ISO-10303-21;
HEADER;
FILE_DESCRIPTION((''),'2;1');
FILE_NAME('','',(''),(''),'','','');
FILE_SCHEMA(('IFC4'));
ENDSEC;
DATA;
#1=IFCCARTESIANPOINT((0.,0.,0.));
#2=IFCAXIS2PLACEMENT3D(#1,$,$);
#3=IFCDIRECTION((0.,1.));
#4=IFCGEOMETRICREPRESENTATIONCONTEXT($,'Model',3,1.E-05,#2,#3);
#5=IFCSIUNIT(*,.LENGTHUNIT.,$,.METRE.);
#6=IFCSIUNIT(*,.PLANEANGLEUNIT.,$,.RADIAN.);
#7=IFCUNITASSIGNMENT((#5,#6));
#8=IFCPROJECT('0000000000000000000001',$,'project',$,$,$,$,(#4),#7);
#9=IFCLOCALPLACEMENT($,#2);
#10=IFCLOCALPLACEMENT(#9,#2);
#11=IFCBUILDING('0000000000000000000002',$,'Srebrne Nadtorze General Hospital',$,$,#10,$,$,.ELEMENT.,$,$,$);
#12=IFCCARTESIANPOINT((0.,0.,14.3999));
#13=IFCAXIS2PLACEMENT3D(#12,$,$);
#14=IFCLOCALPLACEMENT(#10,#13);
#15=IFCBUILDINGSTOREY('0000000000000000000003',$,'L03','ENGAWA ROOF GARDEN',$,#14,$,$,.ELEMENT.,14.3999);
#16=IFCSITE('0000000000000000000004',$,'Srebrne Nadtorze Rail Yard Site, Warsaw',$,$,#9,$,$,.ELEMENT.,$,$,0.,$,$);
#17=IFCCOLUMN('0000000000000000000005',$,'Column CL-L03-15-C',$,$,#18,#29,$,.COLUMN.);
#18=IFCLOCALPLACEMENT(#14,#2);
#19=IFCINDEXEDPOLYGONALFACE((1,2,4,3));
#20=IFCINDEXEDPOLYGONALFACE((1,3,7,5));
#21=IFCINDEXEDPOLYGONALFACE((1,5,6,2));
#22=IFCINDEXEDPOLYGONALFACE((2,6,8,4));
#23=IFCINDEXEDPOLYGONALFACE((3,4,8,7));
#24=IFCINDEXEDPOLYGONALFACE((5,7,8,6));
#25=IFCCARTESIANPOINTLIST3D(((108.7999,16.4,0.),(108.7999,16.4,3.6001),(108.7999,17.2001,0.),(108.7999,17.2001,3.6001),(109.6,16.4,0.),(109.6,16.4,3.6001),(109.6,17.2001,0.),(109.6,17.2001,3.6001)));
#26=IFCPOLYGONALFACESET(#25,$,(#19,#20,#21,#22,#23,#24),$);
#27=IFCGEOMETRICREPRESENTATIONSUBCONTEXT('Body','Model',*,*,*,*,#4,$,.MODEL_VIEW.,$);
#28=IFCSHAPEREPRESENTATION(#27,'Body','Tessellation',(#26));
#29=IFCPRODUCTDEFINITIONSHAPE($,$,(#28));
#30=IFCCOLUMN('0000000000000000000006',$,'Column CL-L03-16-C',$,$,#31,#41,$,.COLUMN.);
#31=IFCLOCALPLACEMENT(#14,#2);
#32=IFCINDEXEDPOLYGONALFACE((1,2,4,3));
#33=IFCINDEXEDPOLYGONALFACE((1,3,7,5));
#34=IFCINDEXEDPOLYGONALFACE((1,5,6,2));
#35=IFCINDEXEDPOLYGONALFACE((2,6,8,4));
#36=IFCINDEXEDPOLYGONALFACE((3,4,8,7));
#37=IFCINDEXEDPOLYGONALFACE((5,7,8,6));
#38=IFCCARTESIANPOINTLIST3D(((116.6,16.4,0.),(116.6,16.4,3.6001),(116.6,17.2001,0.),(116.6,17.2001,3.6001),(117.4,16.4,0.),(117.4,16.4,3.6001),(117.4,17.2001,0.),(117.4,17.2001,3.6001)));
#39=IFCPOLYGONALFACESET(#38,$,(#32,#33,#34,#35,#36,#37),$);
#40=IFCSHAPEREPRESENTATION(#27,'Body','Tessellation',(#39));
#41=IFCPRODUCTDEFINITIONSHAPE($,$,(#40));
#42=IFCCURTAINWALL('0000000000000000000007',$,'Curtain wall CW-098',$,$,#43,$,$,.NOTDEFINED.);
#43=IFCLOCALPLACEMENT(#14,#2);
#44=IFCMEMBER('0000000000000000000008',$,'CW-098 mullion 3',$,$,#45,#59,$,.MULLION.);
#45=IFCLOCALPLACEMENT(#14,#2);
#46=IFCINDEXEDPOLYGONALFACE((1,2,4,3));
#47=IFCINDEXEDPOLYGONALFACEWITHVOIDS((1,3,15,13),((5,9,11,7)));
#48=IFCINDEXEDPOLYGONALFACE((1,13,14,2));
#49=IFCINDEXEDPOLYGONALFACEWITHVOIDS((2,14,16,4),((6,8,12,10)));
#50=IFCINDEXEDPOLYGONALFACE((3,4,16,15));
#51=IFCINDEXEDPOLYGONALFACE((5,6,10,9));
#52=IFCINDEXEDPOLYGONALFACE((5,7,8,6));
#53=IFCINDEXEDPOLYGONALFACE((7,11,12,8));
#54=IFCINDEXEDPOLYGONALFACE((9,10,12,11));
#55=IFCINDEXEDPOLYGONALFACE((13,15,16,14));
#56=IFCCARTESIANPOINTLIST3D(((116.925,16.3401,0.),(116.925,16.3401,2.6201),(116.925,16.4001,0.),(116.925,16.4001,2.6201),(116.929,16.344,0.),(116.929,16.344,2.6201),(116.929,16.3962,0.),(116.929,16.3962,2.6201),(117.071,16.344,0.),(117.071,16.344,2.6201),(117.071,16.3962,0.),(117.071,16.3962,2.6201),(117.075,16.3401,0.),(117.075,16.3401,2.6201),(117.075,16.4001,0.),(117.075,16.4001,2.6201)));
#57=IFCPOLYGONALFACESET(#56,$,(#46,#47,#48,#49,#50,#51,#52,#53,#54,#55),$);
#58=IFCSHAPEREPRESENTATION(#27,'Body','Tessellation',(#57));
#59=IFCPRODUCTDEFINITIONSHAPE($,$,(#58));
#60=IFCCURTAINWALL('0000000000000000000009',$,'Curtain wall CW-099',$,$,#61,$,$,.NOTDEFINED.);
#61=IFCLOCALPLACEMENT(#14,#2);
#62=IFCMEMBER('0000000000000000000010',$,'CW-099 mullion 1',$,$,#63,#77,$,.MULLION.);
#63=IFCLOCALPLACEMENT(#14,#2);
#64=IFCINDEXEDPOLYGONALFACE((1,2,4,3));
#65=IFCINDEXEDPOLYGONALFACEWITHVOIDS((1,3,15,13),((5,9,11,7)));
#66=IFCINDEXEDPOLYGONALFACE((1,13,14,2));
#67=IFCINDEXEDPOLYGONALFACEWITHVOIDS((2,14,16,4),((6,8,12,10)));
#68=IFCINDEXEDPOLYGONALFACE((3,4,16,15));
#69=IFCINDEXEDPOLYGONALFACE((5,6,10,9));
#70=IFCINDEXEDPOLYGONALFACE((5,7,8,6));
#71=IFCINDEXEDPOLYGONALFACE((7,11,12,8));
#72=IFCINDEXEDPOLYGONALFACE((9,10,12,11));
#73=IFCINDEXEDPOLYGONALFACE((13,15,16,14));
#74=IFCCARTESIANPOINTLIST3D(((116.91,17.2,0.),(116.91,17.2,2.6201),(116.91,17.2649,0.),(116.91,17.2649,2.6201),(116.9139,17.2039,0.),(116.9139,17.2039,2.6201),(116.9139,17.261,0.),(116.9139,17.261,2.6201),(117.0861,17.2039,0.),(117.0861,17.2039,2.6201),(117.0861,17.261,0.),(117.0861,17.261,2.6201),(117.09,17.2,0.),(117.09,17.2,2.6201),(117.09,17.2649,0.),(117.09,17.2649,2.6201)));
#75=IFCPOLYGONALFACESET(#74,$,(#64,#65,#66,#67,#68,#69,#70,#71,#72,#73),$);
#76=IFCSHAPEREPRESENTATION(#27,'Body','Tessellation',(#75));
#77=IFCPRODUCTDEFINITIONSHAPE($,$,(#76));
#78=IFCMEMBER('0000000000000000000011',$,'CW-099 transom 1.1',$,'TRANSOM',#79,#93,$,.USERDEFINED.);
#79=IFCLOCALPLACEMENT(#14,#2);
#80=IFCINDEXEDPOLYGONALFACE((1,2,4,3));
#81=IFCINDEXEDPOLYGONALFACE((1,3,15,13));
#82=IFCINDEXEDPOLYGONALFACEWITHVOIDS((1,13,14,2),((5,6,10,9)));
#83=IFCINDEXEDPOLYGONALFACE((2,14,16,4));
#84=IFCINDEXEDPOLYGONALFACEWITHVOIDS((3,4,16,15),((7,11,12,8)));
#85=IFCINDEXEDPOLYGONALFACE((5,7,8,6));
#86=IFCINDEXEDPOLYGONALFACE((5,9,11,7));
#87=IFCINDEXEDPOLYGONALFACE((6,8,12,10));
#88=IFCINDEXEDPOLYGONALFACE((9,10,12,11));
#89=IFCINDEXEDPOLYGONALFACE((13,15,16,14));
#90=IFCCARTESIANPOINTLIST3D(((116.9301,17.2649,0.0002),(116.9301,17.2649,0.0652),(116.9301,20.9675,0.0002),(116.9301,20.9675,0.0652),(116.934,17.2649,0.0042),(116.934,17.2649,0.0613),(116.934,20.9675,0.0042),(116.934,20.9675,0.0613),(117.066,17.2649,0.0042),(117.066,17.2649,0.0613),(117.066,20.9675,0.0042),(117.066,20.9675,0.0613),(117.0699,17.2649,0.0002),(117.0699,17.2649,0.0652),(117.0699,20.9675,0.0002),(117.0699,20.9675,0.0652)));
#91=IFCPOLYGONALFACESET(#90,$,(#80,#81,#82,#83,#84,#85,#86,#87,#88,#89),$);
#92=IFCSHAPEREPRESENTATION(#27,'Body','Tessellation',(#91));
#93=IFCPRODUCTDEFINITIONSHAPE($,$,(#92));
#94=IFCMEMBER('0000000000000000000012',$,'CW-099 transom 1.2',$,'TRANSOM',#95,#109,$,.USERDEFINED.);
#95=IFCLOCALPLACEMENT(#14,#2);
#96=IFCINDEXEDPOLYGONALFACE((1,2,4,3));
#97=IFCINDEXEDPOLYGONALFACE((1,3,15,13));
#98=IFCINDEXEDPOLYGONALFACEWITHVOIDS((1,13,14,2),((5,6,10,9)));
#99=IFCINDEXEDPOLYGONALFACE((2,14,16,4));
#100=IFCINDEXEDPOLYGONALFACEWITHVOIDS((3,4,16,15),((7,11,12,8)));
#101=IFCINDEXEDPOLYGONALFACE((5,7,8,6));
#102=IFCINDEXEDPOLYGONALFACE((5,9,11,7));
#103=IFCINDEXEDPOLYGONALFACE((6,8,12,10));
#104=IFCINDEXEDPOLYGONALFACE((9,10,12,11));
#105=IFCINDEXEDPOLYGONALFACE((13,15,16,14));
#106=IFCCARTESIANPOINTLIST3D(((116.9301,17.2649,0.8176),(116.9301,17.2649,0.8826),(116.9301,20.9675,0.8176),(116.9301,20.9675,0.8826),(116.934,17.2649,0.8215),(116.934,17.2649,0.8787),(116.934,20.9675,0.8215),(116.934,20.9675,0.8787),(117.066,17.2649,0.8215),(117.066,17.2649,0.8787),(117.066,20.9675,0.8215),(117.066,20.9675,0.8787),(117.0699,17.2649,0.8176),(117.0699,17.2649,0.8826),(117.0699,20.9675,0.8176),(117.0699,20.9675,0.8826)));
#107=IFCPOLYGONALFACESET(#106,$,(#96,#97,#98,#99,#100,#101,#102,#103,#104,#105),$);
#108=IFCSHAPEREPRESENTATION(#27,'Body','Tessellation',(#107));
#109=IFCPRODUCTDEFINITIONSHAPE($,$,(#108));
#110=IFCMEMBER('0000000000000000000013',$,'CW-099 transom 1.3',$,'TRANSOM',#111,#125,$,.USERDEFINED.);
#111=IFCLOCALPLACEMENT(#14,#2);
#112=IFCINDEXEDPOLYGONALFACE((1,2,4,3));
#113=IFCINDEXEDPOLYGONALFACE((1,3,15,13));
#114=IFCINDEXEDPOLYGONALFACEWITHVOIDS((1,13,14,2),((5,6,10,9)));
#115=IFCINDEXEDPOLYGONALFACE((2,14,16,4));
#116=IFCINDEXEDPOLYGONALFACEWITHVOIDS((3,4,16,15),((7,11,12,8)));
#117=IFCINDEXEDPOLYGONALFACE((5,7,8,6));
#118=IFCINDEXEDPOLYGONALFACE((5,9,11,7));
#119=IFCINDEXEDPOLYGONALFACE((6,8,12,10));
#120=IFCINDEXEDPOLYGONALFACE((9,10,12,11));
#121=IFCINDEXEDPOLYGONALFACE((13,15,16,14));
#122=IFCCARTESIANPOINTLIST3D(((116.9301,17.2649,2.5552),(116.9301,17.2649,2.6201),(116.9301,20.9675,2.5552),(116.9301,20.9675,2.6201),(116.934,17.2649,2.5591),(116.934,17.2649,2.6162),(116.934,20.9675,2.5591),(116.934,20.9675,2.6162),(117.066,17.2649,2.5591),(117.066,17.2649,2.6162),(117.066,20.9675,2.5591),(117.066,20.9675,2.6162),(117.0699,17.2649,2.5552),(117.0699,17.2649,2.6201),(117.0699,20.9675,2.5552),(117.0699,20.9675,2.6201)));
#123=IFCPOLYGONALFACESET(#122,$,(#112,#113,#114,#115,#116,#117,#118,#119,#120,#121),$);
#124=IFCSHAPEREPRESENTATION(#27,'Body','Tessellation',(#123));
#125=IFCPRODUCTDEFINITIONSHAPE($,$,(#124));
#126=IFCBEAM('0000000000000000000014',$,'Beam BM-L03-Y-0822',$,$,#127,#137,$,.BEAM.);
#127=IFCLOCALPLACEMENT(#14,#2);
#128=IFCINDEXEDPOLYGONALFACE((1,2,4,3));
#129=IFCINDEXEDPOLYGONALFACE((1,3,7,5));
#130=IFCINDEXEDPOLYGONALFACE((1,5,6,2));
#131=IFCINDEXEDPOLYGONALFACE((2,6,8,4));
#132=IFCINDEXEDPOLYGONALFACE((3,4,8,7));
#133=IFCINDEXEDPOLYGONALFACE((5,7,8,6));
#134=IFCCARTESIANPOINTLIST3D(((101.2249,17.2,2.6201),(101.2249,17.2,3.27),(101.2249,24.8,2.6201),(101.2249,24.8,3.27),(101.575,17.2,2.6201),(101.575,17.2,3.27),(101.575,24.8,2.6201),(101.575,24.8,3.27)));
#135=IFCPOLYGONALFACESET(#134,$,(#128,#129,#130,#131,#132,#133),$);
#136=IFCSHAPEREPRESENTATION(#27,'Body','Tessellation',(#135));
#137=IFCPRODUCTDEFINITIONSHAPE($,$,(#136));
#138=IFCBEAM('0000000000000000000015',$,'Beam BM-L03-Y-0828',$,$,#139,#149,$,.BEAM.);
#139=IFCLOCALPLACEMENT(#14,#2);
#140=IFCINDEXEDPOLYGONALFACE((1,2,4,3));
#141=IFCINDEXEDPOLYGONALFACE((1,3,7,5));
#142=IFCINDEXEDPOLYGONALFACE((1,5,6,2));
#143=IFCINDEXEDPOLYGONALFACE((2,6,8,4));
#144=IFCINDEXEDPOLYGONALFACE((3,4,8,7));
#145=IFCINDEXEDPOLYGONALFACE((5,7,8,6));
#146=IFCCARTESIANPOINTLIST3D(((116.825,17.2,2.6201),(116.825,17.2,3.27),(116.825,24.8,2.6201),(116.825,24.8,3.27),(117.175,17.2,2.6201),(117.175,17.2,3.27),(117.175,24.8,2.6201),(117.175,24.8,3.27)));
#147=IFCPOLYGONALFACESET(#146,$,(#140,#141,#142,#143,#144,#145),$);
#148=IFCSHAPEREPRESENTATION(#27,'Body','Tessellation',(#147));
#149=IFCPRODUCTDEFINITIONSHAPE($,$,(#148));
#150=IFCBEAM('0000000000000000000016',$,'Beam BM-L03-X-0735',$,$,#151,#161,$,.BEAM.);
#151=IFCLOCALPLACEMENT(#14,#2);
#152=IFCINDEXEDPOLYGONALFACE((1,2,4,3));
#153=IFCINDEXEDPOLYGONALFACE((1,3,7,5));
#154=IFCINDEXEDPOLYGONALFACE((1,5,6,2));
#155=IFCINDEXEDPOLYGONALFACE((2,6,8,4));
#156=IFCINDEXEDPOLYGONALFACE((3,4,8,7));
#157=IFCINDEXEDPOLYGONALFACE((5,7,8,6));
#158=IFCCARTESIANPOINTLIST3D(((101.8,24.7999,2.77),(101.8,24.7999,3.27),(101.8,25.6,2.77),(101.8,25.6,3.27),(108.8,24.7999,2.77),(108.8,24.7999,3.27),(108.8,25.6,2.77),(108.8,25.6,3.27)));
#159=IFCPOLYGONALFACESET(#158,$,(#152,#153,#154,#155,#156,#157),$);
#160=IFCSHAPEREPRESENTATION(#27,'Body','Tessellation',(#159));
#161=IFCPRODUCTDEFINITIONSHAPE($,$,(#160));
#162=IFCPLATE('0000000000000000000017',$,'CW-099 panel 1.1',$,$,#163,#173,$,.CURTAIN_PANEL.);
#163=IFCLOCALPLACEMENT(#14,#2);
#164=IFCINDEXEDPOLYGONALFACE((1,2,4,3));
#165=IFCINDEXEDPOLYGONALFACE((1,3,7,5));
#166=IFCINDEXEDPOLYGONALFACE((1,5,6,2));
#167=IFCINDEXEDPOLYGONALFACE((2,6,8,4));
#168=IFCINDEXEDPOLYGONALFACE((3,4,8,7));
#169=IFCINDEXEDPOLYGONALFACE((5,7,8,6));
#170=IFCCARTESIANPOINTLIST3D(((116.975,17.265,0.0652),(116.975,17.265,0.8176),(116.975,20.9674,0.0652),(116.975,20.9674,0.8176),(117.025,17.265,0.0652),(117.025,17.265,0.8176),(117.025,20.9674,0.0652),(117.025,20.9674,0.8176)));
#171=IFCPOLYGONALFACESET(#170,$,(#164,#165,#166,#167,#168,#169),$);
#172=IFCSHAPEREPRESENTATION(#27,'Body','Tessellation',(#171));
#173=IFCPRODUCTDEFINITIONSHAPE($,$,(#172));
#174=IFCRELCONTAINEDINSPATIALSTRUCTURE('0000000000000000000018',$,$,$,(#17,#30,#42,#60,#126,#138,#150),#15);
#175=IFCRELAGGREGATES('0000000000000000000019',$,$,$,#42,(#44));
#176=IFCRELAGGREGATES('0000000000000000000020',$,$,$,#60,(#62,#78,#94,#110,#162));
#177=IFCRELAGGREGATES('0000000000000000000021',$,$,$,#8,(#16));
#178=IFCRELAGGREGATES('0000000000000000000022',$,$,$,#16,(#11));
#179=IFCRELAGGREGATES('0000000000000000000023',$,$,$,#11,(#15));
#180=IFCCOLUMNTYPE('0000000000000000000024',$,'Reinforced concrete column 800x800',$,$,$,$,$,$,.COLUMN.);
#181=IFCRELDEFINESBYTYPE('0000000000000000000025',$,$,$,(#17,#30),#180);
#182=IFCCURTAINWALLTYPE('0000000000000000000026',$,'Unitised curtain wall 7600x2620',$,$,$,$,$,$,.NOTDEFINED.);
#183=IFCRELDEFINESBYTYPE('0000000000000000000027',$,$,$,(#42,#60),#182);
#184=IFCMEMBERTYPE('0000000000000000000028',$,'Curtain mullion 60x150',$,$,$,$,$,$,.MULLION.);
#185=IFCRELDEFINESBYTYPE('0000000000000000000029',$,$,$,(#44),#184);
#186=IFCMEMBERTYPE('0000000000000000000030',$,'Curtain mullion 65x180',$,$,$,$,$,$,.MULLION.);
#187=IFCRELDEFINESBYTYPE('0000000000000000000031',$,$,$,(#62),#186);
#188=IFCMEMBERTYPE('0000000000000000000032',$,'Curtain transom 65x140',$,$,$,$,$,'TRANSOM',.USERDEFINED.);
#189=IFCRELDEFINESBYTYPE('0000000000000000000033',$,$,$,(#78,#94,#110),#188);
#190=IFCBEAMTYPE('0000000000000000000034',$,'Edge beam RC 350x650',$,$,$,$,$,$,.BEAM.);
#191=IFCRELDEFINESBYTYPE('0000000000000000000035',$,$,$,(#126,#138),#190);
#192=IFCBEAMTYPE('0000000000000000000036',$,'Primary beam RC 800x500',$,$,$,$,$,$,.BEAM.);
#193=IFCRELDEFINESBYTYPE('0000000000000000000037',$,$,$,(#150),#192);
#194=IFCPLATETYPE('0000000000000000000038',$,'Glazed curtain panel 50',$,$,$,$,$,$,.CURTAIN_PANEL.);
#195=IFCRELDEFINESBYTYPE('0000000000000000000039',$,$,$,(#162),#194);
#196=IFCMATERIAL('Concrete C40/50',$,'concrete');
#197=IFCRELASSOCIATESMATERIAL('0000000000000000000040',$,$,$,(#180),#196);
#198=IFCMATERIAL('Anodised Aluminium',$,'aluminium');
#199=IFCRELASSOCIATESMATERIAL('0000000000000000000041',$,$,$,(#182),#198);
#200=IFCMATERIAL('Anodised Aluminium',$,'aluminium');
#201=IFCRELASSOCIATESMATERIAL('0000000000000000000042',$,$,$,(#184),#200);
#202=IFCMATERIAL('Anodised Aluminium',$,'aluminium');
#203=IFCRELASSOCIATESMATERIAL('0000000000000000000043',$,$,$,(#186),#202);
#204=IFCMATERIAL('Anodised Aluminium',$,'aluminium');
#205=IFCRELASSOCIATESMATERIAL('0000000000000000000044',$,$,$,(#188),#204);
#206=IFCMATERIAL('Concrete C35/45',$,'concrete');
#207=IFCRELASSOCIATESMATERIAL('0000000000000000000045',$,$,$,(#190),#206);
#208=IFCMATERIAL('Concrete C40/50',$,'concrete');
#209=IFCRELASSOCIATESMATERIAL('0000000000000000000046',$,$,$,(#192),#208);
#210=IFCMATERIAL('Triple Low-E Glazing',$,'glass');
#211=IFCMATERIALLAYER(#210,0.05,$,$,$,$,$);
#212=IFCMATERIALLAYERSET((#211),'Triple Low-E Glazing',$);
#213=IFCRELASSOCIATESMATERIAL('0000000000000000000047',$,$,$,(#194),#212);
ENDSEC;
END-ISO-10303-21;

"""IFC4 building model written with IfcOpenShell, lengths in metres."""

from ifc_helpers import new_model, si_unit, direction, frame, origin, origin_2d, place, context, subcontext, project, spatial, rectangle, hollow_rectangle, extrude, material, layer, layer_set, material_profile, profile_set, type_object, element, aggregate, save


model = new_model("IFC4")

# Units and contexts
model_context = context("Model", 3, precision=1e-05, world=origin(), true_north=direction((0.0, 1.0)))
body_context = subcontext(model_context, "Body", "Model", "MODEL_VIEW")
ifc_project = project(units=[si_unit("LENGTHUNIT", "METRE"), si_unit("PLANEANGLEUNIT", "RADIAN")], contexts=[model_context])

# Site, building, storey
site_placement = place(None, origin())
site = spatial("IfcSite", under=ifc_project, at=site_placement, Name="Srebrne Nadtorze Rail Yard Site, Warsaw", CompositionType="ELEMENT", RefElevation=0.0)
building_placement = place(site_placement, origin())
building = spatial("IfcBuilding", under=site, at=building_placement, Name="Srebrne Nadtorze General Hospital", CompositionType="ELEMENT")
storey_placement = place(building_placement, frame((0.0, 0.0, 14.3999)))
storey = spatial("IfcBuildingStorey", under=building, at=storey_placement, Name="L03", Description="ENGAWA ROOF GARDEN", CompositionType="ELEMENT", Elevation=14.3999)

# Columns
ifc_material_1 = material(Name="Concrete C40/50", Category="concrete")
ifc_material_profile_1 = material_profile(ifc_material_1, rectangle(XDim=0.8, YDim=0.8, at=origin_2d()), Name="RC-COL-800x800")
ifc_profile_set_1 = profile_set([ifc_material_profile_1], Name="Concrete C40/50")
column_type = type_object("IfcColumnType", Name="Reinforced concrete column 800x800", PredefinedType="COLUMN", material=ifc_profile_set_1)
for number, where, z_axis, x_axis, name in (
    (1, (109.2, 16.8, 0.0), (0.0, 0.0, 1.0), (1.0, 0.0, 0.0), "Column CL-L03-15-C"),
    (2, (117.0, 16.8, 0.0), (0.0, 0.0, 1.0), (1.0, 0.0, 0.0), "Column CL-L03-16-C"),
):
    element("IfcColumn", number, at=place(storey_placement, frame(where, z_axis=z_axis, x_axis=x_axis)), inside=storey, type_object=column_type, Name=name, PredefinedType="COLUMN", context=body_context, shape_type="SweptSolid", body=[
        extrude(rectangle(XDim=0.8, YDim=0.8, at=origin_2d()), origin(), (0.0, 0.0, 1.0), 3.6001),
    ])

# Curtain wall, member
ifc_material_2 = material(Name="Anodised Aluminium", Category="aluminium")
curtain_wall_type = type_object("IfcCurtainWallType", Name="Unitised curtain wall 7600x2620", PredefinedType="NOTDEFINED", material=ifc_material_2)
curtain_wall_1_placement = place(storey_placement, origin())
curtain_wall_1 = element("IfcCurtainWall", 3, at=curtain_wall_1_placement, inside=storey, type_object=curtain_wall_type, Name="Curtain wall CW-098", PredefinedType="NOTDEFINED")
ifc_material_3 = material(Name="Anodised Aluminium", Category="aluminium")
ifc_material_profile_2 = material_profile(ifc_material_3, hollow_rectangle(XDim=0.0601, YDim=0.1499, WallThickness=0.0039, at=origin_2d()), Name="AL-MUL-60x150")
ifc_profile_set_2 = profile_set([ifc_material_profile_2], Name="Anodised Aluminium")
member_type_1 = type_object("IfcMemberType", Name="Curtain mullion 60x150", PredefinedType="MULLION", material=ifc_profile_set_2)
member_1_placement = place(storey_placement, frame((117.0, 16.3701, 0.0), z_axis=(0.0, 0.0, 1.0), x_axis=(0.0, 1.0, 0.0)))
member_1 = element("IfcMember", 4, at=member_1_placement, type_object=member_type_1, Name="CW-098 mullion 3", PredefinedType="MULLION", context=body_context, shape_type="SweptSolid", body=[
    extrude(hollow_rectangle(XDim=0.0601, YDim=0.1499, WallThickness=0.0039, at=origin_2d()), origin(), (0.0, 0.0, 1.0), 2.6201),
])
aggregate(curtain_wall_1, [member_1])

# Curtain wall, members
curtain_wall_2_placement = place(storey_placement, origin())
curtain_wall_2 = element("IfcCurtainWall", 5, at=curtain_wall_2_placement, inside=storey, type_object=curtain_wall_type, Name="Curtain wall CW-099", PredefinedType="NOTDEFINED")
ifc_material_4 = material(Name="Anodised Aluminium", Category="aluminium")
ifc_material_profile_3 = material_profile(ifc_material_4, hollow_rectangle(XDim=0.0649, YDim=0.1799, WallThickness=0.0039, at=origin_2d()), Name="AL-MUL-65x180")
ifc_profile_set_3 = profile_set([ifc_material_profile_3], Name="Anodised Aluminium")
member_type_2 = type_object("IfcMemberType", Name="Curtain mullion 65x180", PredefinedType="MULLION", material=ifc_profile_set_3)
member_2_placement = place(storey_placement, frame((117.0, 17.2324, 0.0), z_axis=(0.0, 0.0, 1.0), x_axis=(0.0, 1.0, 0.0)))
member_2 = element("IfcMember", 6, at=member_2_placement, type_object=member_type_2, Name="CW-099 mullion 1", PredefinedType="MULLION", context=body_context, shape_type="SweptSolid", body=[
    extrude(hollow_rectangle(XDim=0.0649, YDim=0.1799, WallThickness=0.0039, at=origin_2d()), origin(), (0.0, 0.0, 1.0), 2.6201),
])
ifc_material_5 = material(Name="Anodised Aluminium", Category="aluminium")
ifc_material_profile_4 = material_profile(ifc_material_5, hollow_rectangle(XDim=0.0649, YDim=0.1399, WallThickness=0.0039, at=origin_2d()), Name="AL-TRN-65x140")
ifc_profile_set_4 = profile_set([ifc_material_profile_4], Name="Anodised Aluminium")
member_type_3 = type_object("IfcMemberType", Name="Curtain transom 65x140", ElementType="TRANSOM", PredefinedType="USERDEFINED", material=ifc_profile_set_4)
member_3_placement = place(storey_placement, frame((117.0, 17.2649, 0.0327), z_axis=(0.0, 1.0, 0.0), x_axis=(0.0, 0.0, 1.0)))
member_3 = element("IfcMember", 7, at=member_3_placement, type_object=member_type_3, Name="CW-099 transom 1.1", ObjectType="TRANSOM", PredefinedType="USERDEFINED", context=body_context, shape_type="SweptSolid", body=[
    extrude(hollow_rectangle(XDim=0.0649, YDim=0.1399, WallThickness=0.0039, at=origin_2d()), origin(), (0.0, 0.0, 1.0), 3.7026),
])
member_4_placement = place(storey_placement, frame((117.0, 17.2649, 0.8501), z_axis=(0.0, 1.0, 0.0), x_axis=(0.0, 0.0, 1.0)))
member_4 = element("IfcMember", 8, at=member_4_placement, type_object=member_type_3, Name="CW-099 transom 1.2", ObjectType="TRANSOM", PredefinedType="USERDEFINED", context=body_context, shape_type="SweptSolid", body=[
    extrude(hollow_rectangle(XDim=0.0649, YDim=0.1399, WallThickness=0.0039, at=origin_2d()), origin(), (0.0, 0.0, 1.0), 3.7026),
])
member_5_placement = place(storey_placement, frame((117.0, 17.2649, 2.5876), z_axis=(0.0, 1.0, 0.0), x_axis=(0.0, 0.0, 1.0)))
member_5 = element("IfcMember", 9, at=member_5_placement, type_object=member_type_3, Name="CW-099 transom 1.3", ObjectType="TRANSOM", PredefinedType="USERDEFINED", context=body_context, shape_type="SweptSolid", body=[
    extrude(hollow_rectangle(XDim=0.0649, YDim=0.1399, WallThickness=0.0039, at=origin_2d()), origin(), (0.0, 0.0, 1.0), 3.7026),
])

# Beams
ifc_material_6 = material(Name="Concrete C35/45", Category="concrete")
ifc_material_profile_5 = material_profile(ifc_material_6, rectangle(XDim=0.3501, YDim=0.6499, at=origin_2d()), Name="RC-BM-350x650")
ifc_profile_set_5 = profile_set([ifc_material_profile_5], Name="Concrete C35/45")
beam_type_1 = type_object("IfcBeamType", Name="Edge beam RC 350x650", PredefinedType="BEAM", material=ifc_profile_set_5)
for number, where, z_axis, x_axis, name in (
    (10, (101.3999, 17.2, 2.9451), (0.0, 1.0, 0.0), (-1.0, 0.0, 0.0), "Beam BM-L03-Y-0822"),
    (11, (117.0, 17.2, 2.9451), (0.0, 1.0, 0.0), (-1.0, 0.0, 0.0), "Beam BM-L03-Y-0828"),
):
    element("IfcBeam", number, at=place(storey_placement, frame(where, z_axis=z_axis, x_axis=x_axis)), inside=storey, type_object=beam_type_1, Name=name, PredefinedType="BEAM", context=body_context, shape_type="SweptSolid", body=[
        extrude(rectangle(XDim=0.3501, YDim=0.6499, at=origin_2d()), origin(), (0.0, 0.0, 1.0), 7.6001),
    ])
ifc_material_7 = material(Name="Concrete C40/50", Category="concrete")
ifc_material_profile_6 = material_profile(ifc_material_7, rectangle(XDim=0.8, YDim=0.5, at=origin_2d()), Name="RC-BM-800x500")
ifc_profile_set_6 = profile_set([ifc_material_profile_6], Name="Concrete C40/50")
beam_type_2 = type_object("IfcBeamType", Name="Primary beam RC 800x500", PredefinedType="BEAM", material=ifc_profile_set_6)
beam_placement = place(storey_placement, frame((101.8, 25.2, 3.02), z_axis=(1.0, 0.0, 0.0), x_axis=(0.0, 1.0, 0.0)))
element("IfcBeam", 12, at=beam_placement, inside=storey, type_object=beam_type_2, Name="Beam BM-L03-X-0735", PredefinedType="BEAM", context=body_context, shape_type="SweptSolid", body=[
    extrude(rectangle(XDim=0.8, YDim=0.5, at=origin_2d()), origin(), (0.0, 0.0, 1.0), 7.0),
])

# Plate
ifc_material_8 = material(Name="Triple Low-E Glazing", Category="glass")
ifc_layer_1 = layer(ifc_material_8, 0.05)
ifc_layer_set_1 = layer_set([ifc_layer_1], Name="Triple Low-E Glazing")
plate_type = type_object("IfcPlateType", Name="Glazed curtain panel 50", PredefinedType="CURTAIN_PANEL", material=ifc_layer_set_1)
plate_placement = place(storey_placement, frame((117.0, 19.1162, 0.0652), z_axis=(0.0, 0.0, 1.0), x_axis=(0.0, 1.0, 0.0)))
plate = element("IfcPlate", 13, at=plate_placement, type_object=plate_type, Name="CW-099 panel 1.1", PredefinedType="CURTAIN_PANEL", context=body_context, shape_type="SweptSolid", body=[
    extrude(rectangle(XDim=3.7024, YDim=0.05, at=origin_2d()), origin(), (0.0, 0.0, 1.0), 0.7524),
])
aggregate(curtain_wall_2, [member_2, member_3, member_4, member_5, plate])

save(model, "model.ifc")
